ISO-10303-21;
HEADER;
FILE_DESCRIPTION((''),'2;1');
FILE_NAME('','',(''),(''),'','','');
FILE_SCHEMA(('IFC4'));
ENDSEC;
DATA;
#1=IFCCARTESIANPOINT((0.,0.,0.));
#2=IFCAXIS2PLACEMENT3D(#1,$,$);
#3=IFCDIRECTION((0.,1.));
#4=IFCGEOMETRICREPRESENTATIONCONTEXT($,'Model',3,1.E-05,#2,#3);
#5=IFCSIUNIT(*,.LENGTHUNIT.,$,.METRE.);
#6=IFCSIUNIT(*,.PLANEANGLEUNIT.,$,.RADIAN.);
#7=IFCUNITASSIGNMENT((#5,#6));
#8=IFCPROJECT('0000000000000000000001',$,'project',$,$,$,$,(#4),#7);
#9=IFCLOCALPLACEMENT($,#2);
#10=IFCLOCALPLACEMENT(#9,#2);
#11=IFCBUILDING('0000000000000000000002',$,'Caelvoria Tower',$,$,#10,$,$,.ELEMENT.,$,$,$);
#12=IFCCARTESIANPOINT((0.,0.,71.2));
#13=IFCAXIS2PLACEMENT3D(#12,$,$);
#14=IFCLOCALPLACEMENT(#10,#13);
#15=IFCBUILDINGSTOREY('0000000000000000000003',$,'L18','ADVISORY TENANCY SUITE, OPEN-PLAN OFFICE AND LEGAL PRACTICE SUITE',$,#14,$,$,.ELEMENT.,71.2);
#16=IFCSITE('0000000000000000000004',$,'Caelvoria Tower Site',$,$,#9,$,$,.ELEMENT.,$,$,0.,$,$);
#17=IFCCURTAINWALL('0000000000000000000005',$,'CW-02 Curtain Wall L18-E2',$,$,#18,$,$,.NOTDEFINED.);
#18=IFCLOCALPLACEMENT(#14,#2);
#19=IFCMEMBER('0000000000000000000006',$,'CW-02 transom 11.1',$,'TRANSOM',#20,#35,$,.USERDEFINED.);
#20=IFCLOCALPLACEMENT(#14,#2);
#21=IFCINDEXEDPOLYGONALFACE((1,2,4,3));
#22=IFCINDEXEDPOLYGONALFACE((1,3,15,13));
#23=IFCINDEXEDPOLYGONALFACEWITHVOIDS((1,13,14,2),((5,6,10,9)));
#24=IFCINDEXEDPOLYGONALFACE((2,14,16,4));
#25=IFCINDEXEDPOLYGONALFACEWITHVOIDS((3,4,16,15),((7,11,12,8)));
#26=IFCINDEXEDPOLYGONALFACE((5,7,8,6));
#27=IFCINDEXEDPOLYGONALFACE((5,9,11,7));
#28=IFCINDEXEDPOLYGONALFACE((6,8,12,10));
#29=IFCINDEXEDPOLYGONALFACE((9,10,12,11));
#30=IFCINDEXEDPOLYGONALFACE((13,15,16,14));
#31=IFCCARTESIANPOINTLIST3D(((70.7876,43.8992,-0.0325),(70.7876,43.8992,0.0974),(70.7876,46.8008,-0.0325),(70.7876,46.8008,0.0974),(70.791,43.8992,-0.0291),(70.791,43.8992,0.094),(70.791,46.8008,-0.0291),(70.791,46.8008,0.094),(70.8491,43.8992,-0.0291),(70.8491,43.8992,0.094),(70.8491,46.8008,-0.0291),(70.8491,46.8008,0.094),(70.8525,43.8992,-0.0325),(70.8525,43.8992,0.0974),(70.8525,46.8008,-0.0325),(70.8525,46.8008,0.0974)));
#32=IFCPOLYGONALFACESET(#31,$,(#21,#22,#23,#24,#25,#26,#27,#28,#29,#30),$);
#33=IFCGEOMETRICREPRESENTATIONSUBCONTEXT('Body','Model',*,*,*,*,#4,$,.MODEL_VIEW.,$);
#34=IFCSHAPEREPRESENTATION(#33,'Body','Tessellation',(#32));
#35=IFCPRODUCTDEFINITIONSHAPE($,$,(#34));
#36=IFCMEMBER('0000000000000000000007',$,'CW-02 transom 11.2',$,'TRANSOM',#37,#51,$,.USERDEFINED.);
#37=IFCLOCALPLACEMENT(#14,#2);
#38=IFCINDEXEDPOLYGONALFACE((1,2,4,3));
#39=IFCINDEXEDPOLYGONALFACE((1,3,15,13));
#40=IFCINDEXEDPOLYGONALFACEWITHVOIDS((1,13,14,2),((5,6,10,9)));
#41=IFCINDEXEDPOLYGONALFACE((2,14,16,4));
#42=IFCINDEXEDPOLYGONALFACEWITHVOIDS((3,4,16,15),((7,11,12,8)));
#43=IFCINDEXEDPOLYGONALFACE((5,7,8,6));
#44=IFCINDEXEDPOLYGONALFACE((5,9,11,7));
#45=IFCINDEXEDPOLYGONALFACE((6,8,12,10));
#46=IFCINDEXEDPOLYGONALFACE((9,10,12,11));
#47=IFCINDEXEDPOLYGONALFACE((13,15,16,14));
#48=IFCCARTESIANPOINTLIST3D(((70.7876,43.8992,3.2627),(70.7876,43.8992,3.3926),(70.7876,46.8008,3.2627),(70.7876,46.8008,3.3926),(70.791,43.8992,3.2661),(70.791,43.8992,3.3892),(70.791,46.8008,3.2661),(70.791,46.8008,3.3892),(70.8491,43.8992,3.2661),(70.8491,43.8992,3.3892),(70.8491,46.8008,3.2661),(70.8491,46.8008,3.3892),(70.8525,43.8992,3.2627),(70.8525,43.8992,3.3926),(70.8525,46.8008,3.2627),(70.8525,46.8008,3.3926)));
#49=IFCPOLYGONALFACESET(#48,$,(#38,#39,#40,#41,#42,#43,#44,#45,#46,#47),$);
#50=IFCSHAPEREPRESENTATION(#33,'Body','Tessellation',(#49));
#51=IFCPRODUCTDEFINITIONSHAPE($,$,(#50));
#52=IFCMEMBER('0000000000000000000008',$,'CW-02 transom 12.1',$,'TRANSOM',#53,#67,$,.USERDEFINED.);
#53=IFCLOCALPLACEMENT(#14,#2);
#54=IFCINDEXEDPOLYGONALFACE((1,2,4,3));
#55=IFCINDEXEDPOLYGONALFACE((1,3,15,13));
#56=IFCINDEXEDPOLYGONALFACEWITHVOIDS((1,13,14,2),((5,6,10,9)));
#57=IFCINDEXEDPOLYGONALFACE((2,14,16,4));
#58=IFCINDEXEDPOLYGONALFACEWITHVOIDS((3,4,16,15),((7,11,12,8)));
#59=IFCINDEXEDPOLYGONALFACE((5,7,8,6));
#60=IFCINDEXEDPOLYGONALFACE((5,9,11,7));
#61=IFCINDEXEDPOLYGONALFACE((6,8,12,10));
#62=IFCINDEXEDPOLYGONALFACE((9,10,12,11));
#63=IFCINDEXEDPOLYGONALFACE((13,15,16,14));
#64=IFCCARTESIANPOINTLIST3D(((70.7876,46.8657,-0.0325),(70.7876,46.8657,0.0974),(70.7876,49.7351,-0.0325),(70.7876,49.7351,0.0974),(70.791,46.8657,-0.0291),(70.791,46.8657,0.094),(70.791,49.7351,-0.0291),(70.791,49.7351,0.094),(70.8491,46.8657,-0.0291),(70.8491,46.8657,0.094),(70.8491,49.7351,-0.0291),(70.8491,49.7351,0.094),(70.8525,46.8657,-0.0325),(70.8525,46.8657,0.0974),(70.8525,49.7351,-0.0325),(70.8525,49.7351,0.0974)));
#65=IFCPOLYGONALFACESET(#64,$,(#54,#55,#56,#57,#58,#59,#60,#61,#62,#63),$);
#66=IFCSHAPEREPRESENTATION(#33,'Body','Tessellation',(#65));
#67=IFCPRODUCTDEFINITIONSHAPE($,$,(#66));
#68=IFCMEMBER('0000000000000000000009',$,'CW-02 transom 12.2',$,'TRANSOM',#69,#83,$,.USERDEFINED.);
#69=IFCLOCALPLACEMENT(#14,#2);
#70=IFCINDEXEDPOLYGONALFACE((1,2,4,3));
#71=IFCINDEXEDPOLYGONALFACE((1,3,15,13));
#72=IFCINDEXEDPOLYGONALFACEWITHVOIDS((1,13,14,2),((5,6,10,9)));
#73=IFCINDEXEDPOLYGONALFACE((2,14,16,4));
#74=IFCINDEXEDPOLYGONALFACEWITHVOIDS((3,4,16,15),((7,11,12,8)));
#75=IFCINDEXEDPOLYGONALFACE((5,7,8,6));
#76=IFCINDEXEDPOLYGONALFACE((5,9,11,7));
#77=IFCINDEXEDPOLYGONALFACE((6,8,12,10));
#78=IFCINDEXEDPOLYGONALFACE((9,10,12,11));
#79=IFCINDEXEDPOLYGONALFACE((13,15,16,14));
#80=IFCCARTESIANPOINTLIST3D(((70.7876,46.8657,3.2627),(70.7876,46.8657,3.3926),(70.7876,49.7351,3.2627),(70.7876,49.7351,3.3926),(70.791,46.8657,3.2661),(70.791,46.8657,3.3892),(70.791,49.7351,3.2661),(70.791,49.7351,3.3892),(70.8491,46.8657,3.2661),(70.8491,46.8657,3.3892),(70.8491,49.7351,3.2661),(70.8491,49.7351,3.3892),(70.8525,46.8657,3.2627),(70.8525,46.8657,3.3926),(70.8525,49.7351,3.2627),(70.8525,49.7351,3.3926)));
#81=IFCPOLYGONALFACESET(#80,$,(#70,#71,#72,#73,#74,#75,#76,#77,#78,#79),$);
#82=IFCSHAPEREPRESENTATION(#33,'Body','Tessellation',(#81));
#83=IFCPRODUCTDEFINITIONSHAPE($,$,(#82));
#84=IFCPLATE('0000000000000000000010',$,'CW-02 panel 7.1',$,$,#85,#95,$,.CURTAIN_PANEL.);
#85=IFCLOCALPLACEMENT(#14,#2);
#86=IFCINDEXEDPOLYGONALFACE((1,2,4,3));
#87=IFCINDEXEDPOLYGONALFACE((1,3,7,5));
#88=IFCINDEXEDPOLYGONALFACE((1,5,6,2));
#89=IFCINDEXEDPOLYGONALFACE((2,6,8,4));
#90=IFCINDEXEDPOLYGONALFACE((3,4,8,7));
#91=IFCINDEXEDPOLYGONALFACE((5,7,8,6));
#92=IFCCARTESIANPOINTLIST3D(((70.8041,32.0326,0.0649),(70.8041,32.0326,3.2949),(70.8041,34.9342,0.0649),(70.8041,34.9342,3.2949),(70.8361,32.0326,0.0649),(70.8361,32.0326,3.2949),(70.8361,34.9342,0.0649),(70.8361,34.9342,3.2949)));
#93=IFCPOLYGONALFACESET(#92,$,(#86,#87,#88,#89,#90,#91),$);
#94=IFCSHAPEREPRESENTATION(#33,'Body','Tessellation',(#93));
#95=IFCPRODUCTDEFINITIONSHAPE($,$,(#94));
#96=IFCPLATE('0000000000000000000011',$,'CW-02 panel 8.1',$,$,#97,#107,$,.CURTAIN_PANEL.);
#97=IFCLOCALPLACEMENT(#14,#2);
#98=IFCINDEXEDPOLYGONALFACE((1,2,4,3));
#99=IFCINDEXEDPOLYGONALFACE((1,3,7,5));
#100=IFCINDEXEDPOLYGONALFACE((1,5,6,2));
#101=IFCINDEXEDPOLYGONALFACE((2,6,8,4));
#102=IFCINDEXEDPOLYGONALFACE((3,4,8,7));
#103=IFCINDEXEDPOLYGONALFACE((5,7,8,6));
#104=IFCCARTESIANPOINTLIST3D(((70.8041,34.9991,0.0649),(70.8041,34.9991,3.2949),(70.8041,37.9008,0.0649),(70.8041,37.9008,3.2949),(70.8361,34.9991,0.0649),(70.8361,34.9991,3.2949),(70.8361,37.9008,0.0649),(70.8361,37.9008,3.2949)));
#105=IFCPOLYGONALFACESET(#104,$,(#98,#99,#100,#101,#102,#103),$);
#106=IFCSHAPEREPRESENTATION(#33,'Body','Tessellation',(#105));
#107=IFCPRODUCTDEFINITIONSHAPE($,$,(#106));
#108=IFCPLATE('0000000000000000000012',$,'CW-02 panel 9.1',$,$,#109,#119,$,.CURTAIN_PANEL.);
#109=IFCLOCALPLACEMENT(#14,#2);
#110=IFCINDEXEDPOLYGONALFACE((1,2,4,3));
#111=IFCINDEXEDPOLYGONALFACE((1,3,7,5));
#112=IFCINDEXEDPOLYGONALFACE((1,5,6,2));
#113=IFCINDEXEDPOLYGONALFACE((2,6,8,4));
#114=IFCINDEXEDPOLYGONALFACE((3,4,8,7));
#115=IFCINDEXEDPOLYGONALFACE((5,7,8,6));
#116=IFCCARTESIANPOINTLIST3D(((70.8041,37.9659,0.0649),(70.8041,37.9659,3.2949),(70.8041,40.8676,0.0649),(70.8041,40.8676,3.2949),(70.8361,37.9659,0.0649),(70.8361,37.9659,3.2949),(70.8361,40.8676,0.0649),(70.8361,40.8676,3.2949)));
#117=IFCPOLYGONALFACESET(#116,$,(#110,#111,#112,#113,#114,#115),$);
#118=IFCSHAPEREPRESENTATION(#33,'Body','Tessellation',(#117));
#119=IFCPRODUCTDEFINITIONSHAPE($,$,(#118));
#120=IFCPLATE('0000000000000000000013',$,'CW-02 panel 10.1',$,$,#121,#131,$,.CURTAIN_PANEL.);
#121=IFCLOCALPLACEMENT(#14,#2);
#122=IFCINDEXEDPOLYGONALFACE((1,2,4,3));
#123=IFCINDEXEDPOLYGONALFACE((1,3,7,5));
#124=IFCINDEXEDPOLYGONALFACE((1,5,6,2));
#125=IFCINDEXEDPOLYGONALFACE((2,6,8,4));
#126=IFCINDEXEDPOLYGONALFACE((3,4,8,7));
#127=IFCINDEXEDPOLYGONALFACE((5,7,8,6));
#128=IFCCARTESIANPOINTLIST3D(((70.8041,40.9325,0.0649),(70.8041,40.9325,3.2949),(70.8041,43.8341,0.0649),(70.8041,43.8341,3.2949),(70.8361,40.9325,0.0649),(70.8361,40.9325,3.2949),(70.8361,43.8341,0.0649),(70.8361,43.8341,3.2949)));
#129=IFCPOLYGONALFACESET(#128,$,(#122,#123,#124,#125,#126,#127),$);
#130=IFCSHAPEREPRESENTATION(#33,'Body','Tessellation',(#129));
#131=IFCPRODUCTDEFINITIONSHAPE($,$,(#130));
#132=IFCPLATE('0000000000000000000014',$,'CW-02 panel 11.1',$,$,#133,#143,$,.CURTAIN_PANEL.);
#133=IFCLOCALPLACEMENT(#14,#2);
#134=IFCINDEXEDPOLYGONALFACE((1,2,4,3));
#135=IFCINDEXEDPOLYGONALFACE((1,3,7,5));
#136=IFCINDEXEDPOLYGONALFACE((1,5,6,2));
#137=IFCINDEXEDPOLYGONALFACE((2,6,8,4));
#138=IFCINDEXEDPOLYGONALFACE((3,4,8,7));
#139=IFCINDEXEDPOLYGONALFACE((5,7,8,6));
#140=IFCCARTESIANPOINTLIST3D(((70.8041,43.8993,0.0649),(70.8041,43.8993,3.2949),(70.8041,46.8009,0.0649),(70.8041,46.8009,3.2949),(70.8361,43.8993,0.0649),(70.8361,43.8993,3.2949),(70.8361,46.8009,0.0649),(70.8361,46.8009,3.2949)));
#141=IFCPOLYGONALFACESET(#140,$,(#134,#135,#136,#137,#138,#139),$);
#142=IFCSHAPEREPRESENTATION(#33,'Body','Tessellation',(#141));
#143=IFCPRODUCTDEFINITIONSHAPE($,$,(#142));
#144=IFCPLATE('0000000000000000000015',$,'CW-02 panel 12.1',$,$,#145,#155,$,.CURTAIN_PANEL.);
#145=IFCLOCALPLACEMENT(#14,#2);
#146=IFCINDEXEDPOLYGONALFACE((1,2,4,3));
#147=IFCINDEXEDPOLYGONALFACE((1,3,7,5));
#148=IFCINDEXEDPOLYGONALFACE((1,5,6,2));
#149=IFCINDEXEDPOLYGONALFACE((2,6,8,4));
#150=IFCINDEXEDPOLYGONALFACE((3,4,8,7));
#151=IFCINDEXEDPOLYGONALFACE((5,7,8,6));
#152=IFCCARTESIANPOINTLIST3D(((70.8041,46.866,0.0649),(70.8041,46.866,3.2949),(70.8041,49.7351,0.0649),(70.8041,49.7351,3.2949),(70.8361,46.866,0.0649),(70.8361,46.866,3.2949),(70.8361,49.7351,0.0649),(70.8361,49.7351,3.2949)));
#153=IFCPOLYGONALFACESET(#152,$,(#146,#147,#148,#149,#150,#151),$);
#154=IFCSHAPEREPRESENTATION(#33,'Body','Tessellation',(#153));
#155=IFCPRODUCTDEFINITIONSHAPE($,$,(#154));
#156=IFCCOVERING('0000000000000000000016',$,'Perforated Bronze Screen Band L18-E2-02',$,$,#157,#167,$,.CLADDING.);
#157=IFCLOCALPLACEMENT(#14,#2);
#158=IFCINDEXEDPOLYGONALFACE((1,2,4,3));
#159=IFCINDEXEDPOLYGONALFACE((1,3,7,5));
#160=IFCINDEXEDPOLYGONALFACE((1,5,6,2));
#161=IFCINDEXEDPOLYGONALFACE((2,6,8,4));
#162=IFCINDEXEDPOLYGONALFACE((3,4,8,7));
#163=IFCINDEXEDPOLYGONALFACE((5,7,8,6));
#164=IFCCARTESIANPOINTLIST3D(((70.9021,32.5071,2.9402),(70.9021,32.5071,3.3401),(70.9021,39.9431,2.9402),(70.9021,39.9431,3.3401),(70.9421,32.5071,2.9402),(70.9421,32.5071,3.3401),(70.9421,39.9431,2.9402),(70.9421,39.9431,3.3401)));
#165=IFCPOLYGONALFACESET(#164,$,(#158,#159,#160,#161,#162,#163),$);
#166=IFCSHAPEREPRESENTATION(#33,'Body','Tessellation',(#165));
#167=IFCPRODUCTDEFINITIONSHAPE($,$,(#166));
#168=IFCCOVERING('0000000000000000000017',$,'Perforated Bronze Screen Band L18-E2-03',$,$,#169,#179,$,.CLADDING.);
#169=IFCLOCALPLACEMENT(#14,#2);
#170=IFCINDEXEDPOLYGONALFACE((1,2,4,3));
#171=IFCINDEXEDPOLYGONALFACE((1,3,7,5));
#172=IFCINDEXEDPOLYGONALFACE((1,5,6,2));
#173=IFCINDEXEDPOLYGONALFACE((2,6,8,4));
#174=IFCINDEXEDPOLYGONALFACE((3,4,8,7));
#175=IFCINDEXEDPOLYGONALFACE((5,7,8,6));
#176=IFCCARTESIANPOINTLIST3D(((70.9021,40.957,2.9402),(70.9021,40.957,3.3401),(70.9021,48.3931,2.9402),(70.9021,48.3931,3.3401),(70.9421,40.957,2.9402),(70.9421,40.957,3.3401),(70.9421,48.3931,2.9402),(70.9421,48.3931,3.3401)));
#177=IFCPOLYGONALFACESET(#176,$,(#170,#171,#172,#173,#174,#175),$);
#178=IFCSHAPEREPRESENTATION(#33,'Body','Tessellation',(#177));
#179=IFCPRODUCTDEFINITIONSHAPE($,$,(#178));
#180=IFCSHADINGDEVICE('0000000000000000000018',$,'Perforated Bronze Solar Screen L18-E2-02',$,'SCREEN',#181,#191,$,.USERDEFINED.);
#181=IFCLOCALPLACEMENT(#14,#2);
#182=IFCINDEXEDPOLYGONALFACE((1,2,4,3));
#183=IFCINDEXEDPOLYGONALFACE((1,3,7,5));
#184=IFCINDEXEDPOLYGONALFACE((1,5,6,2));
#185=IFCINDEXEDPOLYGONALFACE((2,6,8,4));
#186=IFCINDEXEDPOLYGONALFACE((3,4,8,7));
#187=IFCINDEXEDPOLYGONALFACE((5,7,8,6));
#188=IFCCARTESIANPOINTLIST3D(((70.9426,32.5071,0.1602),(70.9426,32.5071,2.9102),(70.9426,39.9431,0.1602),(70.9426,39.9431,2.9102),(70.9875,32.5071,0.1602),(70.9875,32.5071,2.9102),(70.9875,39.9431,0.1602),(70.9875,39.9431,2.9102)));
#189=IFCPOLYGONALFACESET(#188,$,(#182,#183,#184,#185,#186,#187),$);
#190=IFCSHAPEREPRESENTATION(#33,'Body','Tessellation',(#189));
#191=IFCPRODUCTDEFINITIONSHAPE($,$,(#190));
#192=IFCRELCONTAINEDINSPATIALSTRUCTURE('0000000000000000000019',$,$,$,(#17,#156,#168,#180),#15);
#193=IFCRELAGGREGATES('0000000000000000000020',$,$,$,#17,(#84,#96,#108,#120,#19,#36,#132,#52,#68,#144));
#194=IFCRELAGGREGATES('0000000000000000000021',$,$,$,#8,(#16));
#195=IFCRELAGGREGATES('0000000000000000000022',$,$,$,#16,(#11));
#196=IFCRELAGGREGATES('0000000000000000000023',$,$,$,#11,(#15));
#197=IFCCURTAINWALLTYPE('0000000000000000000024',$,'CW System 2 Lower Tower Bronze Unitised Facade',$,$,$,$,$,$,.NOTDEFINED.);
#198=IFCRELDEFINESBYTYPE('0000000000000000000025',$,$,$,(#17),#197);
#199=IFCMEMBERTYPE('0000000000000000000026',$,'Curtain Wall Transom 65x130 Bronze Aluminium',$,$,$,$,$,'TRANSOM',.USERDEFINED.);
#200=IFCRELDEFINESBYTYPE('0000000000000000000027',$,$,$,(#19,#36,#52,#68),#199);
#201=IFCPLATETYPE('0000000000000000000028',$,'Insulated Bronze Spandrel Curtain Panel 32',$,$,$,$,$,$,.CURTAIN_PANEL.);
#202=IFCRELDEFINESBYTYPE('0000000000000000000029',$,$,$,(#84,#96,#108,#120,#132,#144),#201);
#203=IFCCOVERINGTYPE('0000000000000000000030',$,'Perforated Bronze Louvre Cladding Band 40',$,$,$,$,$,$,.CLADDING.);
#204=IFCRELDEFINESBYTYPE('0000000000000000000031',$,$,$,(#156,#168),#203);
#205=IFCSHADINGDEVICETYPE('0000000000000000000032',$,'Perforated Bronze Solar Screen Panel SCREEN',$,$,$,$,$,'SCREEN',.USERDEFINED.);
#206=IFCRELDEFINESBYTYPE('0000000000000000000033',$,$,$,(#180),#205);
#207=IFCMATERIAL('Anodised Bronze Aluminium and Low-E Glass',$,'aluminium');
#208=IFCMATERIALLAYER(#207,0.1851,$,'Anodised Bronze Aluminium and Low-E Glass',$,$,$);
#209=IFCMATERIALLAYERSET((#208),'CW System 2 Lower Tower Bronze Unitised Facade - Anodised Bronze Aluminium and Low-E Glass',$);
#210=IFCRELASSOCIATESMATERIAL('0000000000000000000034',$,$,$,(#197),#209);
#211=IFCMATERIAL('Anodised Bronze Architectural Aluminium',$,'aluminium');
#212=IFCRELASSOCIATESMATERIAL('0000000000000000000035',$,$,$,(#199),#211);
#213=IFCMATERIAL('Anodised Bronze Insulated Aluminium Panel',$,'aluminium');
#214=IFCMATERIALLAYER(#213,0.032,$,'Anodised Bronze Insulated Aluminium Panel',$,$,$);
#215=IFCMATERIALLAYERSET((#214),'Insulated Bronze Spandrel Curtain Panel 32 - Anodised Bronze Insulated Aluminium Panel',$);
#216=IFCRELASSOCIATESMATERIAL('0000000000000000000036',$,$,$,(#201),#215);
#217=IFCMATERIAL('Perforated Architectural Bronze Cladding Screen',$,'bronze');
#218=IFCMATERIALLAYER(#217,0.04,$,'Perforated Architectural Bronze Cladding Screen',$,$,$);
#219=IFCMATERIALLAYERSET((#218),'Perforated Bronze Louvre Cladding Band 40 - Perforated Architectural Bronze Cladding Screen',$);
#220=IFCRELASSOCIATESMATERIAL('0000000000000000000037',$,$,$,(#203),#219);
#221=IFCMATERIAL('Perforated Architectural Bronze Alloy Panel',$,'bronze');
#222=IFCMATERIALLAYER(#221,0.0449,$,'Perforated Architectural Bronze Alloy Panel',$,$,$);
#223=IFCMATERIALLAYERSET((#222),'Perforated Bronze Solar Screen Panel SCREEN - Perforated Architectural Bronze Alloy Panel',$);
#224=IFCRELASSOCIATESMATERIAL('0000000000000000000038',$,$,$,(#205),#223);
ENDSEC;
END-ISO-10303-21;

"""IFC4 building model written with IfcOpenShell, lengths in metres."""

from ifc_helpers import new_model, si_unit, direction, frame, origin, origin_2d, place, context, subcontext, project, spatial, rectangle, hollow_rectangle, extrude, material, layer, layer_set, material_profile, profile_set, type_object, element, aggregate, save


model = new_model("IFC4")

# Units and contexts
model_context = context("Model", 3, precision=1e-05, world=origin(), true_north=direction((0.0, 1.0)))
body_context = subcontext(model_context, "Body", "Model", "MODEL_VIEW")
ifc_project = project(units=[si_unit("LENGTHUNIT", "METRE"), si_unit("PLANEANGLEUNIT", "RADIAN")], contexts=[model_context])

# Site, building, storey
site_placement = place(None, origin())
site = spatial("IfcSite", under=ifc_project, at=site_placement, Name="Caelvoria Tower Site", CompositionType="ELEMENT", RefElevation=0.0)
building_placement = place(site_placement, origin())
building = spatial("IfcBuilding", under=site, at=building_placement, Name="Caelvoria Tower", CompositionType="ELEMENT")
storey_placement = place(building_placement, frame((0.0, 0.0, 71.2)))
storey = spatial("IfcBuildingStorey", under=building, at=storey_placement, Name="L18", Description="ADVISORY TENANCY SUITE, OPEN-PLAN OFFICE AND LEGAL PRACTICE SUITE", CompositionType="ELEMENT", Elevation=71.2)

# Curtain wall, members, plates
ifc_material_1 = material(Name="Anodised Bronze Aluminium and Low-E Glass", Category="aluminium")
ifc_layer_1 = layer(ifc_material_1, 0.1851, Name="Anodised Bronze Aluminium and Low-E Glass")
ifc_layer_set_1 = layer_set([ifc_layer_1], Name="CW System 2 Lower Tower Bronze Unitised Facade - Anodised Bronze Aluminium and Low-E Glass")
curtain_wall_type = type_object("IfcCurtainWallType", Name="CW System 2 Lower Tower Bronze Unitised Facade", PredefinedType="NOTDEFINED", material=ifc_layer_set_1)
curtain_wall_placement = place(storey_placement, origin())
curtain_wall = element("IfcCurtainWall", 1, at=curtain_wall_placement, inside=storey, type_object=curtain_wall_type, Name="CW-02 Curtain Wall L18-E2", PredefinedType="NOTDEFINED")
ifc_material_2 = material(Name="Anodised Bronze Architectural Aluminium", Category="aluminium")
ifc_material_profile_1 = material_profile(ifc_material_2, hollow_rectangle(XDim=0.0649, YDim=0.1299, WallThickness=0.0034, at=origin_2d()), Name="Anodised Bronze Architectural Aluminium")
ifc_profile_set_1 = profile_set([ifc_material_profile_1], Name="CW_TRAN_65X130 - Anodised Bronze Architectural Aluminium")
member_type_1 = type_object("IfcMemberType", Name="Curtain Wall Transom 65x130 Bronze Aluminium", ElementType="TRANSOM", PredefinedType="USERDEFINED", material=ifc_profile_set_1)
member_1_placement = place(storey_placement, frame((70.8201, 43.8992, 0.0325), z_axis=(0.0, 1.0, 0.0), x_axis=(-1.0, 0.0, 0.0)))
member_1 = element("IfcMember", 2, at=member_1_placement, type_object=member_type_1, Name="CW-02 transom 11.1", ObjectType="TRANSOM", PredefinedType="USERDEFINED", context=body_context, shape_type="SweptSolid", body=[
    extrude(hollow_rectangle(XDim=0.0649, YDim=0.1299, WallThickness=0.0034, at=origin_2d()), origin(), (0.0, 0.0, 1.0), 2.9016),
])
member_2_placement = place(storey_placement, frame((70.8201, 43.8992, 3.3276), z_axis=(0.0, 1.0, 0.0), x_axis=(-1.0, 0.0, 0.0)))
member_2 = element("IfcMember", 3, at=member_2_placement, type_object=member_type_1, Name="CW-02 transom 11.2", ObjectType="TRANSOM", PredefinedType="USERDEFINED", context=body_context, shape_type="SweptSolid", body=[
    extrude(hollow_rectangle(XDim=0.0649, YDim=0.1299, WallThickness=0.0034, at=origin_2d()), origin(), (0.0, 0.0, 1.0), 2.9016),
])
member_3_placement = place(storey_placement, frame((70.8201, 46.8657, 0.0325), z_axis=(0.0, 1.0, 0.0), x_axis=(-1.0, 0.0, 0.0)))
member_3 = element("IfcMember", 4, at=member_3_placement, type_object=member_type_1, Name="CW-02 transom 12.1", ObjectType="TRANSOM", PredefinedType="USERDEFINED", context=body_context, shape_type="SweptSolid", body=[
    extrude(hollow_rectangle(XDim=0.0649, YDim=0.1299, WallThickness=0.0034, at=origin_2d()), origin(), (0.0, 0.0, 1.0), 2.8694),
])
member_4_placement = place(storey_placement, frame((70.8201, 46.8657, 3.3276), z_axis=(0.0, 1.0, 0.0), x_axis=(-1.0, 0.0, 0.0)))
member_4 = element("IfcMember", 5, at=member_4_placement, type_object=member_type_1, Name="CW-02 transom 12.2", ObjectType="TRANSOM", PredefinedType="USERDEFINED", context=body_context, shape_type="SweptSolid", body=[
    extrude(hollow_rectangle(XDim=0.0649, YDim=0.1299, WallThickness=0.0034, at=origin_2d()), origin(), (0.0, 0.0, 1.0), 2.8694),
])
ifc_material_3 = material(Name="Anodised Bronze Insulated Aluminium Panel", Category="aluminium")
ifc_layer_2 = layer(ifc_material_3, 0.032, Name="Anodised Bronze Insulated Aluminium Panel")
ifc_layer_set_2 = layer_set([ifc_layer_2], Name="Insulated Bronze Spandrel Curtain Panel 32 - Anodised Bronze Insulated Aluminium Panel")
plate_type = type_object("IfcPlateType", Name="Insulated Bronze Spandrel Curtain Panel 32", PredefinedType="CURTAIN_PANEL", material=ifc_layer_set_2)
plate_1_placement = place(storey_placement, frame((70.8201, 33.4834, 0.0649), z_axis=(0.0, 0.0, 1.0), x_axis=(0.0, 1.0, 0.0)))
plate_1 = element("IfcPlate", 6, at=plate_1_placement, type_object=plate_type, Name="CW-02 panel 7.1", PredefinedType="CURTAIN_PANEL", context=body_context, shape_type="SweptSolid", body=[
    extrude(rectangle(XDim=2.9016, YDim=0.032, at=origin_2d()), origin(), (0.0, 0.0, 1.0), 3.23),
])
plate_2_placement = place(storey_placement, frame((70.8201, 36.45, 0.0649), z_axis=(0.0, 0.0, 1.0), x_axis=(0.0, 1.0, 0.0)))
plate_2 = element("IfcPlate", 7, at=plate_2_placement, type_object=plate_type, Name="CW-02 panel 8.1", PredefinedType="CURTAIN_PANEL", context=body_context, shape_type="SweptSolid", body=[
    extrude(rectangle(XDim=2.9016, YDim=0.032, at=origin_2d()), origin(), (0.0, 0.0, 1.0), 3.23),
])
plate_3_placement = place(storey_placement, frame((70.8201, 39.4167, 0.0649), z_axis=(0.0, 0.0, 1.0), x_axis=(0.0, 1.0, 0.0)))
plate_3 = element("IfcPlate", 8, at=plate_3_placement, type_object=plate_type, Name="CW-02 panel 9.1", PredefinedType="CURTAIN_PANEL", context=body_context, shape_type="SweptSolid", body=[
    extrude(rectangle(XDim=2.9016, YDim=0.032, at=origin_2d()), origin(), (0.0, 0.0, 1.0), 3.23),
])
plate_4_placement = place(storey_placement, frame((70.8201, 42.3833, 0.0649), z_axis=(0.0, 0.0, 1.0), x_axis=(0.0, 1.0, 0.0)))
plate_4 = element("IfcPlate", 9, at=plate_4_placement, type_object=plate_type, Name="CW-02 panel 10.1", PredefinedType="CURTAIN_PANEL", context=body_context, shape_type="SweptSolid", body=[
    extrude(rectangle(XDim=2.9016, YDim=0.032, at=origin_2d()), origin(), (0.0, 0.0, 1.0), 3.23),
])
plate_5_placement = place(storey_placement, frame((70.8201, 45.3501, 0.0649), z_axis=(0.0, 0.0, 1.0), x_axis=(0.0, 1.0, 0.0)))
plate_5 = element("IfcPlate", 10, at=plate_5_placement, type_object=plate_type, Name="CW-02 panel 11.1", PredefinedType="CURTAIN_PANEL", context=body_context, shape_type="SweptSolid", body=[
    extrude(rectangle(XDim=2.9016, YDim=0.032, at=origin_2d()), origin(), (0.0, 0.0, 1.0), 3.23),
])
plate_6_placement = place(storey_placement, frame((70.8201, 48.3005, 0.0649), z_axis=(0.0, 0.0, 1.0), x_axis=(0.0, 1.0, 0.0)))
plate_6 = element("IfcPlate", 11, at=plate_6_placement, type_object=plate_type, Name="CW-02 panel 12.1", PredefinedType="CURTAIN_PANEL", context=body_context, shape_type="SweptSolid", body=[
    extrude(rectangle(XDim=2.8691, YDim=0.032, at=origin_2d()), origin(), (0.0, 0.0, 1.0), 3.23),
])
aggregate(curtain_wall, [plate_1, plate_2, plate_3, plate_4, member_1, member_2, plate_5, member_3, member_4, plate_6])

# Coverings
ifc_material_4 = material(Name="Perforated Architectural Bronze Cladding Screen", Category="bronze")
ifc_layer_3 = layer(ifc_material_4, 0.04, Name="Perforated Architectural Bronze Cladding Screen")
ifc_layer_set_3 = layer_set([ifc_layer_3], Name="Perforated Bronze Louvre Cladding Band 40 - Perforated Architectural Bronze Cladding Screen")
covering_type = type_object("IfcCoveringType", Name="Perforated Bronze Louvre Cladding Band 40", PredefinedType="CLADDING", material=ifc_layer_set_3)
for number, where, z_axis, x_axis, name in (
    (12, (70.9221, 36.2251, 2.9402), (0.0, 0.0, 1.0), (0.0, 1.0, 0.0), "Perforated Bronze Screen Band L18-E2-02"),
    (13, (70.9221, 44.675, 2.9402), (0.0, 0.0, 1.0), (0.0, 1.0, 0.0), "Perforated Bronze Screen Band L18-E2-03"),
):
    element("IfcCovering", number, at=place(storey_placement, frame(where, z_axis=z_axis, x_axis=x_axis)), inside=storey, type_object=covering_type, Name=name, PredefinedType="CLADDING", context=body_context, shape_type="SweptSolid", body=[
        extrude(rectangle(XDim=7.436, YDim=0.04, at=origin_2d()), origin(), (0.0, 0.0, 1.0), 0.3999),
    ])

# Shading device
ifc_material_5 = material(Name="Perforated Architectural Bronze Alloy Panel", Category="bronze")
ifc_layer_4 = layer(ifc_material_5, 0.0449, Name="Perforated Architectural Bronze Alloy Panel")
ifc_layer_set_4 = layer_set([ifc_layer_4], Name="Perforated Bronze Solar Screen Panel SCREEN - Perforated Architectural Bronze Alloy Panel")
shading_device_type = type_object("IfcShadingDeviceType", Name="Perforated Bronze Solar Screen Panel SCREEN", ElementType="SCREEN", PredefinedType="USERDEFINED", material=ifc_layer_set_4)
for number, where, z_axis, x_axis, name in (
    (14, (70.9651, 36.2251, 0.1602), (0.0, 0.0, 1.0), (0.0, 1.0, 0.0), "Perforated Bronze Solar Screen L18-E2-02"),
):
    element("IfcShadingDevice", number, at=place(storey_placement, frame(where, z_axis=z_axis, x_axis=x_axis)), inside=storey, type_object=shading_device_type, Name=name, ObjectType="SCREEN", PredefinedType="USERDEFINED", context=body_context, shape_type="SweptSolid", body=[
        extrude(rectangle(XDim=7.436, YDim=0.0449, at=origin_2d()), origin(), (0.0, 0.0, 1.0), 2.75),
    ])

save(model, "model.ifc")
